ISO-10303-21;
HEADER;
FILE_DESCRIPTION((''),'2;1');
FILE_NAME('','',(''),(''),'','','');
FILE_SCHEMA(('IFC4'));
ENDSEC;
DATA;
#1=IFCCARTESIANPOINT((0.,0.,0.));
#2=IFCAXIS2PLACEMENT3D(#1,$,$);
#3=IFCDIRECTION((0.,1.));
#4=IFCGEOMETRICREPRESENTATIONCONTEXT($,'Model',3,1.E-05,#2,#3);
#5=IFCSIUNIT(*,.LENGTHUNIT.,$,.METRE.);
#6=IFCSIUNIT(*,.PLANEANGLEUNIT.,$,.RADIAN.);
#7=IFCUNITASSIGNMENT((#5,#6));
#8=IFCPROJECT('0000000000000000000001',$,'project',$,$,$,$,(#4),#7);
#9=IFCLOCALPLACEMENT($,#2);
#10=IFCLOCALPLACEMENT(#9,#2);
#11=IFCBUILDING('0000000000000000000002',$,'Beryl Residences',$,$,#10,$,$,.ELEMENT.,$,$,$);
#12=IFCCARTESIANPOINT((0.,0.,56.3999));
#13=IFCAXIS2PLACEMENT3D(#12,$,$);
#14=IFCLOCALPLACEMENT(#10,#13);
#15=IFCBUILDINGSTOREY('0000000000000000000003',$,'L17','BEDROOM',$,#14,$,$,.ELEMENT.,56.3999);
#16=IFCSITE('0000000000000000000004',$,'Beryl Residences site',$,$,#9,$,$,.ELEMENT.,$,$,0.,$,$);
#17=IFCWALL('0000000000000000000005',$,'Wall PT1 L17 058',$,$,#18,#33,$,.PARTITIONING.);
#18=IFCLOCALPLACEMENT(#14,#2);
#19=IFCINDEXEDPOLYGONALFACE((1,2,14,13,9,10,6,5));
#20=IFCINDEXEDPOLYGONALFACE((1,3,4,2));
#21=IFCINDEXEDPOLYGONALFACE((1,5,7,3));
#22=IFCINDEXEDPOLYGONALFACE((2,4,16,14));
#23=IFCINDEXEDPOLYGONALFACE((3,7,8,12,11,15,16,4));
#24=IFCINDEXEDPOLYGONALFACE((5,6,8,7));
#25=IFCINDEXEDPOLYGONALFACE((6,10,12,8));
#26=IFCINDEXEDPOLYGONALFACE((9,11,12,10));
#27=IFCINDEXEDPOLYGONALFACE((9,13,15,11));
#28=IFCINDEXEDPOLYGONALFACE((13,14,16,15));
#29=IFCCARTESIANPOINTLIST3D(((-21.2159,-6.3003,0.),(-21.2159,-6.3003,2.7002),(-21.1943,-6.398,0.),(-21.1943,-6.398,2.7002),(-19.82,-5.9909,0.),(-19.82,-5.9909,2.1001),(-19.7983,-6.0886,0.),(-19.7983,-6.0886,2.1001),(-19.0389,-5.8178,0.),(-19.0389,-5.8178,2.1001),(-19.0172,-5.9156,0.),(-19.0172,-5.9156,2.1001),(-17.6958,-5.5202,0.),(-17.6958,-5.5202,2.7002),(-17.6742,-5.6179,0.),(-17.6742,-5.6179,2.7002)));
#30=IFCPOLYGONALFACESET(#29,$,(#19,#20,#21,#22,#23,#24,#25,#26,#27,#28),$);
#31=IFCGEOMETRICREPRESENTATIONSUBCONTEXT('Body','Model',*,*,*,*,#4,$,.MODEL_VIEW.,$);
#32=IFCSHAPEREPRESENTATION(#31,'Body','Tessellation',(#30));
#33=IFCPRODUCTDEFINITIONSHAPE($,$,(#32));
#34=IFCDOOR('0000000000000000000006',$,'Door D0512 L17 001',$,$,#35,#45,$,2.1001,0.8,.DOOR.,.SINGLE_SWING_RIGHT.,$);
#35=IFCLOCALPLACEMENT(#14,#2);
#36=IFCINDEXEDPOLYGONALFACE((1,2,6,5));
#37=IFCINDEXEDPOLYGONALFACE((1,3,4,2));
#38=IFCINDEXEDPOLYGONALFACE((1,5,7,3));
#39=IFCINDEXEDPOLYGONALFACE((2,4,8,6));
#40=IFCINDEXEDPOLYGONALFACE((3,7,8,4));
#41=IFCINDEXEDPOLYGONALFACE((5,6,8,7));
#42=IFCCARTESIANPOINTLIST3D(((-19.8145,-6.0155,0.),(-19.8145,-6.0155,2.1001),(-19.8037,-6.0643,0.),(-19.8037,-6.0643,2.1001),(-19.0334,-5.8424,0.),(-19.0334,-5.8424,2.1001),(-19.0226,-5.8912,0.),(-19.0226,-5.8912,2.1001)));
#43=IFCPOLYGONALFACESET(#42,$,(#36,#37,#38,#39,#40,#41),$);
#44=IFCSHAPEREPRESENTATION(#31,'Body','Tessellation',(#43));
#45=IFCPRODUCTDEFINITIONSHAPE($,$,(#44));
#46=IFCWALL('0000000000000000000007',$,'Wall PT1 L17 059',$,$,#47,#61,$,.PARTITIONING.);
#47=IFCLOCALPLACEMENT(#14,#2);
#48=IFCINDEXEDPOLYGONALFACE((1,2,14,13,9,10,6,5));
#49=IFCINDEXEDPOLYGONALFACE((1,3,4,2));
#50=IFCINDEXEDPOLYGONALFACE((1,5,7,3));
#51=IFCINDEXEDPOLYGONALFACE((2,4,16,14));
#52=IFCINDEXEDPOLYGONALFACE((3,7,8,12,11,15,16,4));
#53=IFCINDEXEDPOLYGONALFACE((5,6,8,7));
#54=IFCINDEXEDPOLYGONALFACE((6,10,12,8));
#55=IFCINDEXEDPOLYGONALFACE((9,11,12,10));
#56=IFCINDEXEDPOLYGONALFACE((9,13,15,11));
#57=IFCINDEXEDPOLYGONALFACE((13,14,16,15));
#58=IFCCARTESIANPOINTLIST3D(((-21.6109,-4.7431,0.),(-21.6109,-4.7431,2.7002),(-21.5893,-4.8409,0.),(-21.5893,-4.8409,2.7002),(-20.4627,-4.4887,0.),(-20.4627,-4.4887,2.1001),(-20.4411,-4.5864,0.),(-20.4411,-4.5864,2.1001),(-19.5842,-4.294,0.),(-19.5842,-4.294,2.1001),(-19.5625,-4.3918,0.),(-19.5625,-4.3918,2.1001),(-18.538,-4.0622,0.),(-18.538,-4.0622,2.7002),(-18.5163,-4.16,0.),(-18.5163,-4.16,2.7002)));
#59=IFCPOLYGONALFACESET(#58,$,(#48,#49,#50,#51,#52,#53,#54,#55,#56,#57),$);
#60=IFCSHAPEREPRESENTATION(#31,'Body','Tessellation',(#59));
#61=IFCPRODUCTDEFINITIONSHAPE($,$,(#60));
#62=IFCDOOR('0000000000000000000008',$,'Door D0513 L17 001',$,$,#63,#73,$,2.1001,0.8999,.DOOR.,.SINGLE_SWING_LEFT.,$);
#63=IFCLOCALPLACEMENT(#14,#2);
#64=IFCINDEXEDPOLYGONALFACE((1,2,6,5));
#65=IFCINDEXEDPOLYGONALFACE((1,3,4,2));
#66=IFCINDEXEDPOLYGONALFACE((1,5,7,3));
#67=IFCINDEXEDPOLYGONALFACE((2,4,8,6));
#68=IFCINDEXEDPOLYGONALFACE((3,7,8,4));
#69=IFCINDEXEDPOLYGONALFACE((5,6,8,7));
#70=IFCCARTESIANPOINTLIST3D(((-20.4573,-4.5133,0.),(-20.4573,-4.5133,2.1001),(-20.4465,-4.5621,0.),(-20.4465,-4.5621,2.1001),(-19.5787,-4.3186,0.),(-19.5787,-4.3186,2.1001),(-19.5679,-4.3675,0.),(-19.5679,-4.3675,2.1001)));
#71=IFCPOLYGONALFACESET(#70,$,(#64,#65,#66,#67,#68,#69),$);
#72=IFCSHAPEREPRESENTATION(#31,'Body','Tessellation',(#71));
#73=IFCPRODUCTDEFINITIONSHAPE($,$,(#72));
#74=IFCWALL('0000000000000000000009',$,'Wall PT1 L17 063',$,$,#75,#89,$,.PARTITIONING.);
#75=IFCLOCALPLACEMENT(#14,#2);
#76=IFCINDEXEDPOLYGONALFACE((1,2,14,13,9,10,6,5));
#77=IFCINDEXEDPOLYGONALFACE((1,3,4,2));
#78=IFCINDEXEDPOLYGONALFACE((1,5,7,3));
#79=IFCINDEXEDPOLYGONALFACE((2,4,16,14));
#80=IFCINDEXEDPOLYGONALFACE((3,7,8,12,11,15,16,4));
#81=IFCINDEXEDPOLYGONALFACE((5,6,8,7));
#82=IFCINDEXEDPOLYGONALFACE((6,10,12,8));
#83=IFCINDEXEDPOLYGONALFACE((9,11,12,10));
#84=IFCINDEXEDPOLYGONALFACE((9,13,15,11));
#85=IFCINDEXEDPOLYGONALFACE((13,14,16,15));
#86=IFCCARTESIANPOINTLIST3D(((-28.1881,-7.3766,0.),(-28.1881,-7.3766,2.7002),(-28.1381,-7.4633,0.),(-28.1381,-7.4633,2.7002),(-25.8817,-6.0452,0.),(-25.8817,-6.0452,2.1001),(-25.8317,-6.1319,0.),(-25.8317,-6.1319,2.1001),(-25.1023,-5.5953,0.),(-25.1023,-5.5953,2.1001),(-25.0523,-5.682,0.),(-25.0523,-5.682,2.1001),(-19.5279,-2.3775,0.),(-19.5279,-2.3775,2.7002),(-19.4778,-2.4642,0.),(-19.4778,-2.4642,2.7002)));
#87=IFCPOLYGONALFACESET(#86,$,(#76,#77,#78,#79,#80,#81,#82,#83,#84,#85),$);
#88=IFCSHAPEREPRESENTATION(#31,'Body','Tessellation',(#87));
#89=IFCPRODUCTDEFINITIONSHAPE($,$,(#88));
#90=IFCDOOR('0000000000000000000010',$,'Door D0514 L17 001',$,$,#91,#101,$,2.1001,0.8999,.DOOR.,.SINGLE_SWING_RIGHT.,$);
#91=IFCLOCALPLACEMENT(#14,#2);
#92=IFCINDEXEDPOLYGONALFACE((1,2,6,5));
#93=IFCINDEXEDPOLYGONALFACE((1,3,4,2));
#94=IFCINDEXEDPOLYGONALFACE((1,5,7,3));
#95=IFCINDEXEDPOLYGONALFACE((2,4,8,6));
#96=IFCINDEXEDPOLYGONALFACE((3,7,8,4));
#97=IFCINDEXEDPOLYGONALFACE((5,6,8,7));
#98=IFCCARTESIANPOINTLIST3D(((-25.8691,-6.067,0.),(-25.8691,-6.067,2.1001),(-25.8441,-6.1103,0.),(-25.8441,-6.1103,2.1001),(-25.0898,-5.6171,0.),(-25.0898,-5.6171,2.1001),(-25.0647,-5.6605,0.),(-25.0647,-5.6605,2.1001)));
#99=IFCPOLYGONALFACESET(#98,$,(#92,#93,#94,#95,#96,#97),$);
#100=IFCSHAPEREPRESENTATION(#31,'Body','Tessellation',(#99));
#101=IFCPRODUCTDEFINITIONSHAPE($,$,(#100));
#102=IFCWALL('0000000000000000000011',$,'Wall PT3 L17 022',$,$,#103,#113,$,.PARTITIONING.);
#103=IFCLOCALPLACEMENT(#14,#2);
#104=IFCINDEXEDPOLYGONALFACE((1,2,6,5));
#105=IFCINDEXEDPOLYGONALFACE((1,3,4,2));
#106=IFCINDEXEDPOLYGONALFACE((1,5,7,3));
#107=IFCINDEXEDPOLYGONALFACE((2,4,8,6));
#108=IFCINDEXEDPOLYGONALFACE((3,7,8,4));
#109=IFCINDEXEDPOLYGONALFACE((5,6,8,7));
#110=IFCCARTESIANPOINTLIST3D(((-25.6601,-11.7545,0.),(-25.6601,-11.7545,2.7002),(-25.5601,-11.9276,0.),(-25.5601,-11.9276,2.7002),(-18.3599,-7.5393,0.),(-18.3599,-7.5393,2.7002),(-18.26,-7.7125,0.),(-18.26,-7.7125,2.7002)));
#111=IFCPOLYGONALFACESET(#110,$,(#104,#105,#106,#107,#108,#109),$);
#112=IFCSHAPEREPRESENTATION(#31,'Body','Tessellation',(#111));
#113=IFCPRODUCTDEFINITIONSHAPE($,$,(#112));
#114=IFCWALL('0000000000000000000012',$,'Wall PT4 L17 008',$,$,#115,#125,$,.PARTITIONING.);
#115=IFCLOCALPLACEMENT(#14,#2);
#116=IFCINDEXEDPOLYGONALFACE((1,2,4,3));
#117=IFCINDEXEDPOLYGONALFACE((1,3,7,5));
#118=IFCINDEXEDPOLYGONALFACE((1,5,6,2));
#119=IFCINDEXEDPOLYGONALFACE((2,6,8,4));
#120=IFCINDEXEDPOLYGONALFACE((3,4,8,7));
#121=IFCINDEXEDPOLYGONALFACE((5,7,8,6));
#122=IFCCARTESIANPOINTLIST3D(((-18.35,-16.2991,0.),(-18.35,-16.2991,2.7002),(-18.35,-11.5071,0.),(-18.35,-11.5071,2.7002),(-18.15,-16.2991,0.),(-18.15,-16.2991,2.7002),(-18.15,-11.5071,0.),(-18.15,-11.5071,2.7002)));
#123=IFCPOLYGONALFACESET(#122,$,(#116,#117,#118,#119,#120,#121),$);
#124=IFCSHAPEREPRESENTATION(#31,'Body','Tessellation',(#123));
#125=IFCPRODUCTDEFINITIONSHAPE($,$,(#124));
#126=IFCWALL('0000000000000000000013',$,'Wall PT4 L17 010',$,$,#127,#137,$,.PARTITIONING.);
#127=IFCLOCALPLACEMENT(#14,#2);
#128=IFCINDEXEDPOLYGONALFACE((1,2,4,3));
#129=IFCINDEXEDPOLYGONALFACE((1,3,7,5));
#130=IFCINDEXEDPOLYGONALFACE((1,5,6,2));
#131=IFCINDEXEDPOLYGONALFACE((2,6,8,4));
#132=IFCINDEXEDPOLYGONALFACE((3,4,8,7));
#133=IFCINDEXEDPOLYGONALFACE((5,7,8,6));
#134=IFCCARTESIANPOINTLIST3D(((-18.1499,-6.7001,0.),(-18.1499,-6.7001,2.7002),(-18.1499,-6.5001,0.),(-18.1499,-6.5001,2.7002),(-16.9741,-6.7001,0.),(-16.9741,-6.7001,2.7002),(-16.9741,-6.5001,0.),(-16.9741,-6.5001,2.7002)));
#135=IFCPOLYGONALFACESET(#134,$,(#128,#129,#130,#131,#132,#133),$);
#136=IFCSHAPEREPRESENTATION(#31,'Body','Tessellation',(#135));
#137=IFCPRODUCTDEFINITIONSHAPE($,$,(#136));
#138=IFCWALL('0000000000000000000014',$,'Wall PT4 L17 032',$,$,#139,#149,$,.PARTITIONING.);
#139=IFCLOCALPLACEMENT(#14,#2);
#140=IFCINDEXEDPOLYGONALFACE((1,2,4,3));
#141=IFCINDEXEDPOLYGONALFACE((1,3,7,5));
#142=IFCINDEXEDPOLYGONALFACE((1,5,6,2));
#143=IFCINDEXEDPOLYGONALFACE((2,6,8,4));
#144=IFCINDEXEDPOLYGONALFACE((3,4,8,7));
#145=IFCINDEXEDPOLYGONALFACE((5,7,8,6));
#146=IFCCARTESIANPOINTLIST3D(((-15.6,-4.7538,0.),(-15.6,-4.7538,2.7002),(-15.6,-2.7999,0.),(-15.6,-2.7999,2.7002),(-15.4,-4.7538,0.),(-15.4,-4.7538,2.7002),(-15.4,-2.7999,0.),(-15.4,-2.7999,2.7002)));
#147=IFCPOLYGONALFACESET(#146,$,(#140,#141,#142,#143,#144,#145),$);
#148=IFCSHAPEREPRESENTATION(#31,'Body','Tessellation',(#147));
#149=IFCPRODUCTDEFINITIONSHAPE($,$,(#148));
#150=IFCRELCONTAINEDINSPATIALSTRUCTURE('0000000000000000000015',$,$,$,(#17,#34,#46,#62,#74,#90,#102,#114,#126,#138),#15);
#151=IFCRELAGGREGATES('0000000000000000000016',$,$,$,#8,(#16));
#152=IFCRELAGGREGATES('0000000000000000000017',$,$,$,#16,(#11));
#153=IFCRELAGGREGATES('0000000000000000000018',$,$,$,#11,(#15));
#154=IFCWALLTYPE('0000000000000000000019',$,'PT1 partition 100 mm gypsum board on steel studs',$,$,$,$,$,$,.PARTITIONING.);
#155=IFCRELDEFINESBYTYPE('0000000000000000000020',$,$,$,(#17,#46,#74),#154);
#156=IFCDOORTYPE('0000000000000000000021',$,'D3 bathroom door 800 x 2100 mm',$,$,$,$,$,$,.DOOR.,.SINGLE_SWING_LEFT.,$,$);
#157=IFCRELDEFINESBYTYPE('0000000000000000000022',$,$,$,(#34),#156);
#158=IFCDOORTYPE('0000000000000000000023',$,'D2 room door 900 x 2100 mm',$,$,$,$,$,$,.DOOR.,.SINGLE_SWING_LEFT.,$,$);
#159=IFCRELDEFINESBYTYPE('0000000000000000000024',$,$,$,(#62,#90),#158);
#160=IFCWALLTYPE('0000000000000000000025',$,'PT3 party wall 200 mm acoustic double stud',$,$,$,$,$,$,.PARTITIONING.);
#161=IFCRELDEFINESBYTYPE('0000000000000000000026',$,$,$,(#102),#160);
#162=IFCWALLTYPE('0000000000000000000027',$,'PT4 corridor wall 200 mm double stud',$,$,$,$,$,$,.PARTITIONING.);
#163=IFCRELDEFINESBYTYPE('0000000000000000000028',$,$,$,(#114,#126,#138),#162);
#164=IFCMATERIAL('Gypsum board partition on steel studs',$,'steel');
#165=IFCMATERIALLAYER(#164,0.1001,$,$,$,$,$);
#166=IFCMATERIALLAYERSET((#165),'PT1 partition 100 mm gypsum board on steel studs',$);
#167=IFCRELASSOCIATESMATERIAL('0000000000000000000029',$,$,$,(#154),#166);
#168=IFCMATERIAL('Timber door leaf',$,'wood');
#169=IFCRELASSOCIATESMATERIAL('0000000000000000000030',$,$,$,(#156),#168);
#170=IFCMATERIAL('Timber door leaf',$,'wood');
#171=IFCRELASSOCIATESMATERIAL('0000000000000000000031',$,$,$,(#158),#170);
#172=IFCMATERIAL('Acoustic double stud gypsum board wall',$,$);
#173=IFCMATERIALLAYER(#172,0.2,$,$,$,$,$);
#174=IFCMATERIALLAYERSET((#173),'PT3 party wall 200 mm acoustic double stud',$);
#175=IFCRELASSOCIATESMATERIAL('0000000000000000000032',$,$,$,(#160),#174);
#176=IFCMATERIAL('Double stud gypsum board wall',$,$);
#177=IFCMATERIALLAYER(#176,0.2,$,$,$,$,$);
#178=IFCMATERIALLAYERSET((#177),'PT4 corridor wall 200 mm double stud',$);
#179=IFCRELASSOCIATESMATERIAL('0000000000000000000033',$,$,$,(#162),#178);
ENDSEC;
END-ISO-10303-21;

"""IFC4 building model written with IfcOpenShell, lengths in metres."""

from ifc_helpers import new_model, si_unit, direction, frame, frame_2d, origin, place, context, subcontext, project, spatial, rectangle, extrude, material, layer, layer_set, type_object, element, fill, save


model = new_model("IFC4")

# Units and contexts
model_context = context("Model", 3, precision=1e-05, world=origin(), true_north=direction((0.0, 1.0)))
body_context = subcontext(model_context, "Body", "Model", "MODEL_VIEW")
ifc_project = project(units=[si_unit("LENGTHUNIT", "METRE"), si_unit("PLANEANGLEUNIT", "RADIAN")], contexts=[model_context])

# Site, building, storey
site_placement = place(None, origin())
site = spatial("IfcSite", under=ifc_project, at=site_placement, Name="Beryl Residences site", CompositionType="ELEMENT", RefElevation=0.0)
building_placement = place(site_placement, origin())
building = spatial("IfcBuilding", under=site, at=building_placement, Name="Beryl Residences", CompositionType="ELEMENT")
storey_placement = place(building_placement, frame((0.0, 0.0, 56.3999)))
storey = spatial("IfcBuildingStorey", under=building, at=storey_placement, Name="L17", Description="BEDROOM", CompositionType="ELEMENT", Elevation=56.3999)

# Shared definitions
ifc_material_1 = material(Name="Gypsum board partition on steel studs", Category="steel")
ifc_layer_1 = layer(ifc_material_1, 0.1001)
ifc_layer_set_1 = layer_set([ifc_layer_1], Name="PT1 partition 100 mm gypsum board on steel studs")
wall_type_1 = type_object("IfcWallType", Name="PT1 partition 100 mm gypsum board on steel studs", PredefinedType="PARTITIONING", material=ifc_layer_set_1)

# Shared definitions
ifc_material_2 = material(Name="Timber door leaf", Category="wood")
door_type_1 = type_object("IfcDoorType", Name="D3 bathroom door 800 x 2100 mm", OperationType="SINGLE_SWING_LEFT", PredefinedType="DOOR", material=ifc_material_2)
ifc_material_3 = material(Name="Timber door leaf", Category="wood")
door_type_2 = type_object("IfcDoorType", Name="D2 room door 900 x 2100 mm", OperationType="SINGLE_SWING_LEFT", PredefinedType="DOOR", material=ifc_material_3)

# Walls, openings, doors
wall_1_placement = place(storey_placement, frame((-21.2051, -6.3491, 0.0), z_axis=(0.0, 0.0, 1.0), x_axis=(0.976316, 0.21635, 0.0)))
wall_1 = element("IfcWall", 1, at=wall_1_placement, inside=storey, type_object=wall_type_1, Name="Wall PT1 L17 058", PredefinedType="PARTITIONING", context=body_context, shape_type="SweptSolid", body=[
    extrude(rectangle(XDim=3.6055, YDim=0.1001, at=frame_2d((1.8027, 0.0))), origin(), (0.0, 0.0, 1.0), 2.7002),
])
opening_1_placement = place(wall_1_placement, frame((1.4299, 0.0, 0.0)))
opening_1 = element("IfcOpeningElement", 2, at=opening_1_placement, cuts=wall_1, PredefinedType="OPENING", context=body_context, shape_type="SweptSolid", body=[
    extrude(rectangle(XDim=0.8, YDim=2.1001, at=frame_2d((0.3999, 1.05))), frame((0.0, 0.0601, 0.0), z_axis=(0.0, -1.0, 0.0), x_axis=(1.0, 0.0, 0.0)), (0.0, 0.0, 1.0), 0.1201),
])
door_1_placement = place(opening_1_placement, origin())
door_1 = element("IfcDoor", 3, at=door_1_placement, inside=storey, type_object=door_type_1, Name="Door D0512 L17 001", OperationType="SINGLE_SWING_RIGHT", OverallHeight=2.1001, OverallWidth=0.8, PredefinedType="DOOR", context=body_context, shape_type="SweptSolid", body=[
    extrude(rectangle(XDim=0.8, YDim=2.1001, at=frame_2d((0.3999, 1.05))), frame((0.0, 0.0249, 0.0), z_axis=(0.0, -1.0, 0.0), x_axis=(1.0, 0.0, 0.0)), (0.0, 0.0, 1.0), 0.05),
])
fill(opening_1, door_1)
wall_2_placement = place(storey_placement, frame((-21.6001, -4.792, 0.0), z_axis=(0.0, 0.0, 1.0), x_axis=(0.97632, 0.216331, 0.0)))
wall_2 = element("IfcWall", 4, at=wall_2_placement, inside=storey, type_object=wall_type_1, Name="Wall PT1 L17 059", PredefinedType="PARTITIONING", context=body_context, shape_type="SweptSolid", body=[
    extrude(rectangle(XDim=3.1475, YDim=0.1001, at=frame_2d((1.5737, 0.0))), origin(), (0.0, 0.0, 1.0), 2.7002),
])
opening_2_placement = place(wall_2_placement, frame((1.176, 0.0, 0.0)))
opening_2 = element("IfcOpeningElement", 5, at=opening_2_placement, cuts=wall_2, PredefinedType="OPENING", context=body_context, shape_type="SweptSolid", body=[
    extrude(rectangle(XDim=0.8999, YDim=2.1001, at=frame_2d((0.45, 1.05))), frame((0.0, 0.0601, 0.0), z_axis=(0.0, -1.0, 0.0), x_axis=(1.0, 0.0, 0.0)), (0.0, 0.0, 1.0), 0.1201),
])
door_2_placement = place(opening_2_placement, origin())
door_2 = element("IfcDoor", 6, at=door_2_placement, inside=storey, type_object=door_type_2, Name="Door D0513 L17 001", OperationType="SINGLE_SWING_LEFT", OverallHeight=2.1001, OverallWidth=0.8999, PredefinedType="DOOR", context=body_context, shape_type="SweptSolid", body=[
    extrude(rectangle(XDim=0.8999, YDim=2.1001, at=frame_2d((0.45, 1.05))), frame((0.0, 0.0249, 0.0), z_axis=(0.0, -1.0, 0.0), x_axis=(1.0, 0.0, 0.0)), (0.0, 0.0, 1.0), 0.05),
])
fill(opening_2, door_2)
wall_3_placement = place(storey_placement, frame((-28.1631, -7.4199, 0.0), z_axis=(0.0, 0.0, 1.0), x_axis=(0.866065, 0.499931, 0.0)))
wall_3 = element("IfcWall", 7, at=wall_3_placement, inside=storey, type_object=wall_type_1, Name="Wall PT1 L17 063", PredefinedType="PARTITIONING", context=body_context, shape_type="SweptSolid", body=[
    extrude(rectangle(XDim=9.9995, YDim=0.1001, at=frame_2d((4.9998, 0.0))), origin(), (0.0, 0.0, 1.0), 2.7002),
])
opening_3_placement = place(wall_3_placement, frame((2.6631, 0.0, 0.0)))
opening_3 = element("IfcOpeningElement", 8, at=opening_3_placement, cuts=wall_3, PredefinedType="OPENING", context=body_context, shape_type="SweptSolid", body=[
    extrude(rectangle(XDim=0.8999, YDim=2.1001, at=frame_2d((0.45, 1.05))), frame((0.0, 0.0601, 0.0), z_axis=(0.0, -1.0, 0.0), x_axis=(1.0, 0.0, 0.0)), (0.0, 0.0, 1.0), 0.1201),
])
door_3_placement = place(opening_3_placement, origin())
door_3 = element("IfcDoor", 9, at=door_3_placement, inside=storey, type_object=door_type_2, Name="Door D0514 L17 001", OperationType="SINGLE_SWING_RIGHT", OverallHeight=2.1001, OverallWidth=0.8999, PredefinedType="DOOR", context=body_context, shape_type="SweptSolid", body=[
    extrude(rectangle(XDim=0.8999, YDim=2.1001, at=frame_2d((0.45, 1.05))), frame((0.0, 0.0249, 0.0), z_axis=(0.0, -1.0, 0.0), x_axis=(1.0, 0.0, 0.0)), (0.0, 0.0, 1.0), 0.05),
])
fill(opening_3, door_3)

# Walls
ifc_material_4 = material(Name="Acoustic double stud gypsum board wall")
ifc_layer_2 = layer(ifc_material_4, 0.2)
ifc_layer_set_2 = layer_set([ifc_layer_2], Name="PT3 party wall 200 mm acoustic double stud")
wall_type_2 = type_object("IfcWallType", Name="PT3 party wall 200 mm acoustic double stud", PredefinedType="PARTITIONING", material=ifc_layer_set_2)
wall_4_placement = place(storey_placement, frame((-25.6101, -11.8411, 0.0), z_axis=(0.0, 0.0, 1.0), x_axis=(0.866005, 0.500036, 0.0)))
element("IfcWall", 10, at=wall_4_placement, inside=storey, type_object=wall_type_2, Name="Wall PT3 L17 022", PredefinedType="PARTITIONING", context=body_context, shape_type="SweptSolid", body=[
    extrude(rectangle(XDim=8.4297, YDim=0.2, at=frame_2d((4.2148, 0.0))), origin(), (0.0, 0.0, 1.0), 2.7002),
])
ifc_material_5 = material(Name="Double stud gypsum board wall")
ifc_layer_3 = layer(ifc_material_5, 0.2)
ifc_layer_set_3 = layer_set([ifc_layer_3], Name="PT4 corridor wall 200 mm double stud")
wall_type_3 = type_object("IfcWallType", Name="PT4 corridor wall 200 mm double stud", PredefinedType="PARTITIONING", material=ifc_layer_set_3)
wall_5_placement = place(storey_placement, frame((-18.25, -11.5071, 0.0), z_axis=(0.0, 0.0, 1.0), x_axis=(0.0, -1.0, 0.0)))
element("IfcWall", 11, at=wall_5_placement, inside=storey, type_object=wall_type_3, Name="Wall PT4 L17 008", PredefinedType="PARTITIONING", context=body_context, shape_type="SweptSolid", body=[
    extrude(rectangle(XDim=4.792, YDim=0.2, at=frame_2d((2.396, 0.0))), origin(), (0.0, 0.0, 1.0), 2.7002),
])
wall_6_placement = place(storey_placement, frame((-18.1499, -6.6001, 0.0), z_axis=(0.0, 0.0, 1.0), x_axis=(1.0, 0.0, 0.0)))
element("IfcWall", 12, at=wall_6_placement, inside=storey, type_object=wall_type_3, Name="Wall PT4 L17 010", PredefinedType="PARTITIONING", context=body_context, shape_type="SweptSolid", body=[
    extrude(rectangle(XDim=1.1758, YDim=0.2, at=frame_2d((0.5879, 0.0))), origin(), (0.0, 0.0, 1.0), 2.7002),
])
wall_7_placement = place(storey_placement, frame((-15.5, -4.7539, 0.0), z_axis=(0.0, 0.0, 1.0), x_axis=(0.0, 1.0, 0.0)))
element("IfcWall", 13, at=wall_7_placement, inside=storey, type_object=wall_type_3, Name="Wall PT4 L17 032", PredefinedType="PARTITIONING", context=body_context, shape_type="SweptSolid", body=[
    extrude(rectangle(XDim=1.9539, YDim=0.2, at=frame_2d((0.9771, 0.0))), origin(), (0.0, 0.0, 1.0), 2.7002),
])

save(model, "model.ifc")
